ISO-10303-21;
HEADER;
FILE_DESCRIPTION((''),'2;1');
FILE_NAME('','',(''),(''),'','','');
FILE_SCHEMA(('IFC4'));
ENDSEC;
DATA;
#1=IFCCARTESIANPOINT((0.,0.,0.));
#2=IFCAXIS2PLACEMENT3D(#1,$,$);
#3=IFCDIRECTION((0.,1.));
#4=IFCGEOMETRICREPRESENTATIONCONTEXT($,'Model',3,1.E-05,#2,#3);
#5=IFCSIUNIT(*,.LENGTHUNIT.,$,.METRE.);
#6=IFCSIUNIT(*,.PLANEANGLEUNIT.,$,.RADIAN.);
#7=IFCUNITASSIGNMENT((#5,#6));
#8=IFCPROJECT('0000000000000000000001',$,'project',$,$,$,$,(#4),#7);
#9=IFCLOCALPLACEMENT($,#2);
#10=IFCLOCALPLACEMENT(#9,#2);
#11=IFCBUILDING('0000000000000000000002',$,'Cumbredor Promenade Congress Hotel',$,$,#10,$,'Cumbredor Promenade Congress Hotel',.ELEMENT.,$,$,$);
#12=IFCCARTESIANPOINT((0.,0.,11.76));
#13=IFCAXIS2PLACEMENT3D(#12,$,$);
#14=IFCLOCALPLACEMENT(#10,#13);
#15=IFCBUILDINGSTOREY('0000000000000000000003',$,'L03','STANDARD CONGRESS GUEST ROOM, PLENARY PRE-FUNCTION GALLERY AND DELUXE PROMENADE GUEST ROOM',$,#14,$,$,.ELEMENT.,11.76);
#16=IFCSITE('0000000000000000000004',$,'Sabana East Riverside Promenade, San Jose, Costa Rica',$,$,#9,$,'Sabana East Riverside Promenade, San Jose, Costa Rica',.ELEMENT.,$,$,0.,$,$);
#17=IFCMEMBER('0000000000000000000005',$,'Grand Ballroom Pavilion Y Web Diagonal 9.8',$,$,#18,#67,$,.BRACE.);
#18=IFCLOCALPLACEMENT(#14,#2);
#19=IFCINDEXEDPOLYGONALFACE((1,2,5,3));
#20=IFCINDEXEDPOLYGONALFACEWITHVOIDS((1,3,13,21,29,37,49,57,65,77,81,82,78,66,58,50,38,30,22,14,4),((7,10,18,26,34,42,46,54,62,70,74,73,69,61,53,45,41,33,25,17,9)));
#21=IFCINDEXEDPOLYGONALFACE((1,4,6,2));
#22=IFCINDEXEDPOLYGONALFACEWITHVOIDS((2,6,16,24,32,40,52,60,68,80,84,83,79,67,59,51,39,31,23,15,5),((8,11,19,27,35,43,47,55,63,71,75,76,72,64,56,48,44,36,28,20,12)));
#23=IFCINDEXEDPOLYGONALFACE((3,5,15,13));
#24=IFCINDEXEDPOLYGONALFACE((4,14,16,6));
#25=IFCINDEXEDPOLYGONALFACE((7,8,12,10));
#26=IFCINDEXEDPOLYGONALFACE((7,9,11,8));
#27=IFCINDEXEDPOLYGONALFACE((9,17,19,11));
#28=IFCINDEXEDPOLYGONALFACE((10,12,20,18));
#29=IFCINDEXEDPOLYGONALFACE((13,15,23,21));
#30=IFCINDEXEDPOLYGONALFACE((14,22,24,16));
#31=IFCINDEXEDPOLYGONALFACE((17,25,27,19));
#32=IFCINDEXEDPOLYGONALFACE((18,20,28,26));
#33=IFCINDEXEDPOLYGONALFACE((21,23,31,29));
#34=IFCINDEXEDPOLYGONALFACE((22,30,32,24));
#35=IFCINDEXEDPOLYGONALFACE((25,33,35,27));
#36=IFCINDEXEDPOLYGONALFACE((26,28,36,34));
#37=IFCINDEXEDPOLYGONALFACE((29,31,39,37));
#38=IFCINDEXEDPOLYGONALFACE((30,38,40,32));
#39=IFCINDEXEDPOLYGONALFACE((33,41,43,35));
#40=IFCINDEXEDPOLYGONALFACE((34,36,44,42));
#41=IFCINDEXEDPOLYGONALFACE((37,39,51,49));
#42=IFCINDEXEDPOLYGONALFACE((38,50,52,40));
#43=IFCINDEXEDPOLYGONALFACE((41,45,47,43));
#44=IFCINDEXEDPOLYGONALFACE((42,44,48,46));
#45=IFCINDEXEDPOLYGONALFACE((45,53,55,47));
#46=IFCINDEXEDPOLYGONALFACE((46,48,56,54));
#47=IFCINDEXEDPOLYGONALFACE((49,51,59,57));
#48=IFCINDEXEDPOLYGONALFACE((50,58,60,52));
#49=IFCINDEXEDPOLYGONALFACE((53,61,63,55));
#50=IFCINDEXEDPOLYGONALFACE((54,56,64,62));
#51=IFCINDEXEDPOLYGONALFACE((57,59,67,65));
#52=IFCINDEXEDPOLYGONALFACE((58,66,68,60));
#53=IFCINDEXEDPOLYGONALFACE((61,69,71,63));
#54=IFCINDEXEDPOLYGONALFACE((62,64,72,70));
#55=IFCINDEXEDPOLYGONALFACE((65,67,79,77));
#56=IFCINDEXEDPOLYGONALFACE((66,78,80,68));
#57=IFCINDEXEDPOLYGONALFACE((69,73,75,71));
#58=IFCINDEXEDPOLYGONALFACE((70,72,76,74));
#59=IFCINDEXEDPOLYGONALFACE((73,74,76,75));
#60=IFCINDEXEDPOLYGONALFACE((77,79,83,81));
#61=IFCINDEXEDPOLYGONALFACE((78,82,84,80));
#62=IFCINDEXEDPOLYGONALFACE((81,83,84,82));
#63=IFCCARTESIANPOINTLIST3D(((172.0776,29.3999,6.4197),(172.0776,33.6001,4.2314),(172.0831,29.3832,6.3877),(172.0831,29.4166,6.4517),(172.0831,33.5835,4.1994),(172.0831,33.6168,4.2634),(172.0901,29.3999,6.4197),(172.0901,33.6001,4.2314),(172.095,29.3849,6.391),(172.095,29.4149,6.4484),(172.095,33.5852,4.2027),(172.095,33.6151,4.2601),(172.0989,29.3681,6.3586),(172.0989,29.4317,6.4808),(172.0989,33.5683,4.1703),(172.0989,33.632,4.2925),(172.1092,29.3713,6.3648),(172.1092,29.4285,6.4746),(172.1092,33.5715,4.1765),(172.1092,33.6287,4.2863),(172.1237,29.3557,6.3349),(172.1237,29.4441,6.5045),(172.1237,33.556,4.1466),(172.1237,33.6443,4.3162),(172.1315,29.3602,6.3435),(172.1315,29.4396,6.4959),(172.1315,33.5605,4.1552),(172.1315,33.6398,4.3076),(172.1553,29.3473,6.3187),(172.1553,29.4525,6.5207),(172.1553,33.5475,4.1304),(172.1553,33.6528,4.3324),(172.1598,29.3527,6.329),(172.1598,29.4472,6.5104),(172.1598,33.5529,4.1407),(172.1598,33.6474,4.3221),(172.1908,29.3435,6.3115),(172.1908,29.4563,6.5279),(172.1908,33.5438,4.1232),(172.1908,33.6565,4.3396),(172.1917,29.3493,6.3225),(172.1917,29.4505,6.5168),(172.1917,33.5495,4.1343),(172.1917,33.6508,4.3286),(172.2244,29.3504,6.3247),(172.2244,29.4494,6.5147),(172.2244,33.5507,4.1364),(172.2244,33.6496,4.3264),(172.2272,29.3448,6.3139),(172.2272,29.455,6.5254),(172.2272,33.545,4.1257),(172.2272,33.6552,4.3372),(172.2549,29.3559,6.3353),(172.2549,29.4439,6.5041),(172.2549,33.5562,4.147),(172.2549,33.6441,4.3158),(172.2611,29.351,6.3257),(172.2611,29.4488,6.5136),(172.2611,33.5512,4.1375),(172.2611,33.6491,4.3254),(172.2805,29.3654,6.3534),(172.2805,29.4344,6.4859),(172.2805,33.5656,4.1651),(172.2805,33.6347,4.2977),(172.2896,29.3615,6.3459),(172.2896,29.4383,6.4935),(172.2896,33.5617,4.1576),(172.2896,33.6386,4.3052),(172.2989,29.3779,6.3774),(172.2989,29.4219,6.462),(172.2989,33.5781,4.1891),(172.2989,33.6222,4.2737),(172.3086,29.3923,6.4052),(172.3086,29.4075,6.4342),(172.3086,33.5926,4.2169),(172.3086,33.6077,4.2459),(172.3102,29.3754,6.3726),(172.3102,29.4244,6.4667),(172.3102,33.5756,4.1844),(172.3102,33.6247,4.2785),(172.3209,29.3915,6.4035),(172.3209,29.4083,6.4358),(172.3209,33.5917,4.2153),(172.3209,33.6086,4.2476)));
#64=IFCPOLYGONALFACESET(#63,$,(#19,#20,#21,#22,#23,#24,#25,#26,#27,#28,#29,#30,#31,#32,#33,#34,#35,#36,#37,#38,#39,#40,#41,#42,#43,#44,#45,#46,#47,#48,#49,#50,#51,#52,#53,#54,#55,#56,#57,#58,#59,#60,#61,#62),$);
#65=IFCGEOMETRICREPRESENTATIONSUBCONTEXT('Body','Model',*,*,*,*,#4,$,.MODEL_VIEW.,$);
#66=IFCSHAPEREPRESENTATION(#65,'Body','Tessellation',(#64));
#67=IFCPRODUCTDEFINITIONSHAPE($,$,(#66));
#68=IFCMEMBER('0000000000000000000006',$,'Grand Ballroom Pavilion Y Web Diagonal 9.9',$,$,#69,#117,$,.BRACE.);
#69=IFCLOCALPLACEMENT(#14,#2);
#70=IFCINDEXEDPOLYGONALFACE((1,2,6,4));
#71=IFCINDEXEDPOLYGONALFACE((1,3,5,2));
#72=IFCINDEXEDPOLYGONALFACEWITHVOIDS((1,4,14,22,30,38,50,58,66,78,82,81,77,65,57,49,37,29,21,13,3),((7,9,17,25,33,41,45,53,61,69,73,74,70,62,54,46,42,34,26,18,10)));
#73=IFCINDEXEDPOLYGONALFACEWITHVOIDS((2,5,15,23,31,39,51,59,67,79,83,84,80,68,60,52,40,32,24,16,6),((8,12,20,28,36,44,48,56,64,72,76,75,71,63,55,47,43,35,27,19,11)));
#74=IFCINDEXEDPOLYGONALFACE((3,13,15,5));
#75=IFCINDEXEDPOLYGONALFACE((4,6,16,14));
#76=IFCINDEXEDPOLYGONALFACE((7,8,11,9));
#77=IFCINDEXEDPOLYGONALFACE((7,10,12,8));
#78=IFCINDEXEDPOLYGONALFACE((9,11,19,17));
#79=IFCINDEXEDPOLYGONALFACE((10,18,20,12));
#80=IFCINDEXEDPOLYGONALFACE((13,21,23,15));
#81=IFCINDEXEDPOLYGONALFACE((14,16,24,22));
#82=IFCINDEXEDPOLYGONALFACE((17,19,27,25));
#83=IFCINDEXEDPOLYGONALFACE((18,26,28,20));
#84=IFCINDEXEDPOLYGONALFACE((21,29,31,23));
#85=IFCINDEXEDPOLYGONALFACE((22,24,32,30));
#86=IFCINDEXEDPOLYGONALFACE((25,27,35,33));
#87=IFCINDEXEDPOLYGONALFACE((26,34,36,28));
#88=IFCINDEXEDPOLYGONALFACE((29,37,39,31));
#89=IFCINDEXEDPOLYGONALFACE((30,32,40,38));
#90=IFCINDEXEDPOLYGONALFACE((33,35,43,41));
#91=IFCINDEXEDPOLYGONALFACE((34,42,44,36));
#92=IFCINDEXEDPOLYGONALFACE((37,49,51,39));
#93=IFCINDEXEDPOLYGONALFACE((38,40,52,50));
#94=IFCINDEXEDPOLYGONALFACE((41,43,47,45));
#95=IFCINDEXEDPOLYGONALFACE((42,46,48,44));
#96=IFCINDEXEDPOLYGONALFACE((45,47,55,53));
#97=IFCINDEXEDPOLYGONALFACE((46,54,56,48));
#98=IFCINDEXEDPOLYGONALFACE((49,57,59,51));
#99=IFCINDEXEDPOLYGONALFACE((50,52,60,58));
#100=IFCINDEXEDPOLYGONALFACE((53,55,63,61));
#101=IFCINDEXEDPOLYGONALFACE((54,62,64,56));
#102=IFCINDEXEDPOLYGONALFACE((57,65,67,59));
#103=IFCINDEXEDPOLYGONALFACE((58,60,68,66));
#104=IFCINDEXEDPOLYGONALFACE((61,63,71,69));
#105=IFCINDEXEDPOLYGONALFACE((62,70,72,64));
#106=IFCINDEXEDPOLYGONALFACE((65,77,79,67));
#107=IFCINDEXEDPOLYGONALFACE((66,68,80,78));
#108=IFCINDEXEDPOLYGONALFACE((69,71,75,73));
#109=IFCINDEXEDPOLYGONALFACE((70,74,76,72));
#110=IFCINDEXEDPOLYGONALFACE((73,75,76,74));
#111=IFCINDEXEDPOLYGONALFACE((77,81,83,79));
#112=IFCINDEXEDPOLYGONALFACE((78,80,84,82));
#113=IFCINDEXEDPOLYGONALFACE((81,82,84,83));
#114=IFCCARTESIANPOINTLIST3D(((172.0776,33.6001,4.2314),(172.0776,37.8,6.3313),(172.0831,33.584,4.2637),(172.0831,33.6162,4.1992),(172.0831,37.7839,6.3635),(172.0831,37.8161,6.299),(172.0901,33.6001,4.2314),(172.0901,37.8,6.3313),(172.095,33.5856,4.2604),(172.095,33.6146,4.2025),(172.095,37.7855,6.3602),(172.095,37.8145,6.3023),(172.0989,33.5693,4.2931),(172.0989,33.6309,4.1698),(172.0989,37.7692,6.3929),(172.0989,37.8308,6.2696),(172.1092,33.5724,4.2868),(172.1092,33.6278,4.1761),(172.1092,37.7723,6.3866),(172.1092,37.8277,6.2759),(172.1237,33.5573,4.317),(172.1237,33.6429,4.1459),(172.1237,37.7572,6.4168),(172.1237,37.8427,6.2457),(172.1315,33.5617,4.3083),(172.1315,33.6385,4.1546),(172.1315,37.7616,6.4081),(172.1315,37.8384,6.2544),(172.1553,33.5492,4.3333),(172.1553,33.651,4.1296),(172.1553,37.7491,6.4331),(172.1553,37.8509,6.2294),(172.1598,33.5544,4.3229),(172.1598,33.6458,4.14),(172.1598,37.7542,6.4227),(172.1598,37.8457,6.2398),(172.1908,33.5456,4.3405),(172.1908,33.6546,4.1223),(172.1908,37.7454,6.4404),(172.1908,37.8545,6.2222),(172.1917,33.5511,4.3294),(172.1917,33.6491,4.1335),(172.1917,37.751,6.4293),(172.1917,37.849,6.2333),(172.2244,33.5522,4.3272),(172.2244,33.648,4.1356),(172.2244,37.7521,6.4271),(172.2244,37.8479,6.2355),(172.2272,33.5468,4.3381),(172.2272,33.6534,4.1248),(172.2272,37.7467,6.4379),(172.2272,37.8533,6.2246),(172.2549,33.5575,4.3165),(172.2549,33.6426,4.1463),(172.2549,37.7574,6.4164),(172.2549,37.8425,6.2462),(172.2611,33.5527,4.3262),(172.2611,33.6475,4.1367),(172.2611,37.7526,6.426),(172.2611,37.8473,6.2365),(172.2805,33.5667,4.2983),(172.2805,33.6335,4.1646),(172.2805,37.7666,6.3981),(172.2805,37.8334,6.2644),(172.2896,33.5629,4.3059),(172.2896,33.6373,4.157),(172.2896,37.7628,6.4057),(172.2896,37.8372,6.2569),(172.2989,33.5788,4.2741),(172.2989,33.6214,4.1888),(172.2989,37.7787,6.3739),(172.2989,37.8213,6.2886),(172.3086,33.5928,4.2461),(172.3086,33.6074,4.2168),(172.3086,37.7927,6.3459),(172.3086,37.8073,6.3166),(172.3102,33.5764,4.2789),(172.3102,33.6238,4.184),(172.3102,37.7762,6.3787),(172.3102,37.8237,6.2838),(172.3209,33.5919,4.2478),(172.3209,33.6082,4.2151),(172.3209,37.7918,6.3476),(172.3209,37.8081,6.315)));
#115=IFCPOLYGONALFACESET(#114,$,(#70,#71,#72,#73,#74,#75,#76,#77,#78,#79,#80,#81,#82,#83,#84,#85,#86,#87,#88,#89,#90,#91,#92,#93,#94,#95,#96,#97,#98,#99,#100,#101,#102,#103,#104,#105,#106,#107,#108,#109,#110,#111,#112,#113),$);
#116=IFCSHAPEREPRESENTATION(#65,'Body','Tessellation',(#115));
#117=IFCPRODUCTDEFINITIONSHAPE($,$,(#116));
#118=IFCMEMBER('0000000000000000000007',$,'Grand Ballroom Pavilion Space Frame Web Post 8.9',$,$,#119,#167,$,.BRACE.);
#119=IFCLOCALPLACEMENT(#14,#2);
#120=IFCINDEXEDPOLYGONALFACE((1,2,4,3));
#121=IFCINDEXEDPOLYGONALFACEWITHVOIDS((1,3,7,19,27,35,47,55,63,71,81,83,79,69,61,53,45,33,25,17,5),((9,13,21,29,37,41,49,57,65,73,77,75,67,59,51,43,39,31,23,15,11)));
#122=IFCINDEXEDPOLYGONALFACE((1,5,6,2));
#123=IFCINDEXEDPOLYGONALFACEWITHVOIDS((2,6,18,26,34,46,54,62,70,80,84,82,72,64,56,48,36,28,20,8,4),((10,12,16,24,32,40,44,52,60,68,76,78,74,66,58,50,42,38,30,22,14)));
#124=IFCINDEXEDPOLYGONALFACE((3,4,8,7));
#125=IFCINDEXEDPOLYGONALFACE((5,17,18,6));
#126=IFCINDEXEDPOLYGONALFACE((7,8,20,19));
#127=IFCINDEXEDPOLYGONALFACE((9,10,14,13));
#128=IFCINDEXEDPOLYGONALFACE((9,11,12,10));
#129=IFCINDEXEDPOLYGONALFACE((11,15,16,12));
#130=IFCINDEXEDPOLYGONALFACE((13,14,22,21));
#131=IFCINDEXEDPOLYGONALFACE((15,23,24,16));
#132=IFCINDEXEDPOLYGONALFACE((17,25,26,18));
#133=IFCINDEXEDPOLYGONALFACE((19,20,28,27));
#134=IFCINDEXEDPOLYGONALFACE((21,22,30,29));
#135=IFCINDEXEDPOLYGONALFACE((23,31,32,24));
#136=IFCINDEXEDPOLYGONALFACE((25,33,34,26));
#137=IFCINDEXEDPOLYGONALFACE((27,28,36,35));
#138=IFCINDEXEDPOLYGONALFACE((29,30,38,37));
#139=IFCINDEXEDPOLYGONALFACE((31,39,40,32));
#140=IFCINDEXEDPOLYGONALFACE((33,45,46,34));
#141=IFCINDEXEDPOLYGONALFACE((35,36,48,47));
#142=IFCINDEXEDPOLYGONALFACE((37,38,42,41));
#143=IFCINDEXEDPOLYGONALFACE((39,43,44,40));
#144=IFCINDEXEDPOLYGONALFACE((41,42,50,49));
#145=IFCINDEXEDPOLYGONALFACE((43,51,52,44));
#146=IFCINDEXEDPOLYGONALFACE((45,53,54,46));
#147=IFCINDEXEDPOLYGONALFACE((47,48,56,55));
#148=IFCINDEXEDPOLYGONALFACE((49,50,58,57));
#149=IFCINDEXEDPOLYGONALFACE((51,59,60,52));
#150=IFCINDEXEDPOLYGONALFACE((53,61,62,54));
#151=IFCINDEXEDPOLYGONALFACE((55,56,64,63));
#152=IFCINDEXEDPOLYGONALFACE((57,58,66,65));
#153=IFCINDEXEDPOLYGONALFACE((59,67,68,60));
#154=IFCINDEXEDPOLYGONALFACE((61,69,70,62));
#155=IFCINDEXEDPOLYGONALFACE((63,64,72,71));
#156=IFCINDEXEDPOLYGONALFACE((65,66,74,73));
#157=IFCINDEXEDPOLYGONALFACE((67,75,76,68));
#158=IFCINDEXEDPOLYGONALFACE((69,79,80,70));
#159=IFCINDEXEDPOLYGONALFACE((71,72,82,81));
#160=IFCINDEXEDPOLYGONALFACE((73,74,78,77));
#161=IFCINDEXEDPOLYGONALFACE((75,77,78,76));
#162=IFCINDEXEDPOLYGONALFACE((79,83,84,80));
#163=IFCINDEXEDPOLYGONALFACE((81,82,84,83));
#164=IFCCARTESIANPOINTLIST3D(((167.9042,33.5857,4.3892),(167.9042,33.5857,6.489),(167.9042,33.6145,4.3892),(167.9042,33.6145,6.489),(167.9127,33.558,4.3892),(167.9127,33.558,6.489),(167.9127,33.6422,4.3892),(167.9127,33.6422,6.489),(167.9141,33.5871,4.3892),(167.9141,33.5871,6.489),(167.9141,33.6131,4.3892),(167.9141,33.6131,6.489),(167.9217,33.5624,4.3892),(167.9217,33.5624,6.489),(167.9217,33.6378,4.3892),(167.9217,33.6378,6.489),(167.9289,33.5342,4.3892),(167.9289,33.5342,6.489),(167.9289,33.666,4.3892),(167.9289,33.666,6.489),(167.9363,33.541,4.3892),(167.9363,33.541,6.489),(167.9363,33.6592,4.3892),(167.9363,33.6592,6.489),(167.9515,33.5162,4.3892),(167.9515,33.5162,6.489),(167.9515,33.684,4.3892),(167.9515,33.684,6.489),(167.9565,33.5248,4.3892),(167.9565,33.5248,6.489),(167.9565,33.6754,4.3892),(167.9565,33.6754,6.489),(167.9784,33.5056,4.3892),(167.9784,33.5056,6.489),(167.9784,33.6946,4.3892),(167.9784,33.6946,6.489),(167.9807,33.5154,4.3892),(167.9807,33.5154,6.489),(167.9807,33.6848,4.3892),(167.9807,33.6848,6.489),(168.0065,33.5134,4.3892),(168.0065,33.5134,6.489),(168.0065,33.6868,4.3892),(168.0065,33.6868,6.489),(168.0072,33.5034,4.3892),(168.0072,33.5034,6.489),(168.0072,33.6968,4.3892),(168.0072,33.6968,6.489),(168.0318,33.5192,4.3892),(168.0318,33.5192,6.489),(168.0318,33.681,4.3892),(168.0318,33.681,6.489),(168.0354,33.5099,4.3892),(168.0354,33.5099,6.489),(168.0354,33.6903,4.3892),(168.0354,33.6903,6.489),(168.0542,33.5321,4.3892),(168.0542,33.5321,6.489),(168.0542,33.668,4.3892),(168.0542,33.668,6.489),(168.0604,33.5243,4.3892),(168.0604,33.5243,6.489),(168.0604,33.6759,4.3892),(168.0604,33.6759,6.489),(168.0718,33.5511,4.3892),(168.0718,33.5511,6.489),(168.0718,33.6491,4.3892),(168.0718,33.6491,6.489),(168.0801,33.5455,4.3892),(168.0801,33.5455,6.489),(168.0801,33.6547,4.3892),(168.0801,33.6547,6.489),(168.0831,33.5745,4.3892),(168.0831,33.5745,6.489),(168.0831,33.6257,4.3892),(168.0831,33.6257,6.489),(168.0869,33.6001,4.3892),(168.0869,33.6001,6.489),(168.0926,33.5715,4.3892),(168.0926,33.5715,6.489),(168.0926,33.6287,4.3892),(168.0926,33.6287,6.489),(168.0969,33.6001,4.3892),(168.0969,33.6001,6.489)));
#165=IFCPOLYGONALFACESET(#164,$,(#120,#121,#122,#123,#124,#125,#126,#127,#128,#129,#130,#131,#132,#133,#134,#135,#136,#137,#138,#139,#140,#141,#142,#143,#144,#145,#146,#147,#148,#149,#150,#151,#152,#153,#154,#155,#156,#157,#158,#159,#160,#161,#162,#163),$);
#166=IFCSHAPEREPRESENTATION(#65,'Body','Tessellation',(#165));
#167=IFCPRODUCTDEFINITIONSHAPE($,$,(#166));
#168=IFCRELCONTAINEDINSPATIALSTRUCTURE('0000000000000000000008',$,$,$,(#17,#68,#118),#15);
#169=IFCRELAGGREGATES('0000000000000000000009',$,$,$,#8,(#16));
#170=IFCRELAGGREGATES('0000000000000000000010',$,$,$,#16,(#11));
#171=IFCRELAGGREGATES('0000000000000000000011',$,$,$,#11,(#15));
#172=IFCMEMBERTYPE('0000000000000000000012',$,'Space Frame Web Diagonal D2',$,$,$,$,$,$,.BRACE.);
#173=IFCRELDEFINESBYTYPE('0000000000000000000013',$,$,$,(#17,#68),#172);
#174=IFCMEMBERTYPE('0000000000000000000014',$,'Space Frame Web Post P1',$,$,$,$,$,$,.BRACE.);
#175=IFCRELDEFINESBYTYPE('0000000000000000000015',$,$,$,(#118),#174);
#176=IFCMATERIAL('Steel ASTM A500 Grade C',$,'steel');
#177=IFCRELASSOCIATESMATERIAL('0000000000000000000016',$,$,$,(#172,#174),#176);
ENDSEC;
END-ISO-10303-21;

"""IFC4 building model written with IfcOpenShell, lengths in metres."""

from ifc_helpers import new_model, si_unit, direction, frame, origin, origin_2d, place, context, subcontext, project, spatial, hollow_circle, extrude, material, material_profile, profile_set, type_object, element, save


model = new_model("IFC4")

# Units and contexts
model_context = context("Model", 3, precision=1e-05, world=origin(), true_north=direction((0.0, 1.0)))
body_context = subcontext(model_context, "Body", "Model", "MODEL_VIEW")
ifc_project = project(units=[si_unit("LENGTHUNIT", "METRE"), si_unit("PLANEANGLEUNIT", "RADIAN")], contexts=[model_context])

# Site, building, storey
site_placement = place(None, origin())
site = spatial("IfcSite", under=ifc_project, at=site_placement, Name="Sabana East Riverside Promenade, San Jose, Costa Rica", LongName="Sabana East Riverside Promenade, San Jose, Costa Rica", CompositionType="ELEMENT", RefElevation=0.0)
building_placement = place(site_placement, origin())
building = spatial("IfcBuilding", under=site, at=building_placement, Name="Cumbredor Promenade Congress Hotel", LongName="Cumbredor Promenade Congress Hotel", CompositionType="ELEMENT")
storey_placement = place(building_placement, frame((0.0, 0.0, 11.76)))
storey = spatial("IfcBuildingStorey", under=building, at=storey_placement, Name="L03", Description="STANDARD CONGRESS GUEST ROOM, PLENARY PRE-FUNCTION GALLERY AND DELUXE PROMENADE GUEST ROOM", CompositionType="ELEMENT", Elevation=11.76)

# Members
ifc_material_1 = material(Name="Steel ASTM A500 Grade C", Category="steel")
ifc_material_profile_1 = material_profile(ifc_material_1, hollow_circle(Radius=0.1223, WallThickness=0.0125, at=origin_2d()), Name="CHS 244.5x12.5")
ifc_profile_set_1 = profile_set([ifc_material_profile_1], Name="Steel ASTM A500 Grade C")
member_type_1 = type_object("IfcMemberType", Name="Space Frame Web Diagonal D2", PredefinedType="BRACE", material=ifc_profile_set_1)
member_1_placement = place(storey_placement, frame((172.2, 29.3999, 6.4197), z_axis=(0.0, 0.88686, -0.462039), x_axis=(-1.0, 0.0, 0.0)))
element("IfcMember", 1, at=member_1_placement, inside=storey, type_object=member_type_1, Name="Grand Ballroom Pavilion Y Web Diagonal 9.8", PredefinedType="BRACE", context=body_context, shape_type="SweptSolid", body=[
    extrude(hollow_circle(Radius=0.1223, WallThickness=0.0125, at=origin_2d()), origin(), (0.0, 0.0, 1.0), 4.7361),
])
member_2_placement = place(storey_placement, frame((172.2, 33.6001, 4.2314), z_axis=(0.0, 0.894438, 0.447193), x_axis=(-1.0, 0.0, 0.0)))
element("IfcMember", 2, at=member_2_placement, inside=storey, type_object=member_type_1, Name="Grand Ballroom Pavilion Y Web Diagonal 9.9", PredefinedType="BRACE", context=body_context, shape_type="SweptSolid", body=[
    extrude(hollow_circle(Radius=0.1223, WallThickness=0.0125, at=origin_2d()), origin(), (0.0, 0.0, 1.0), 4.6956),
])
ifc_material_profile_2 = material_profile(ifc_material_1, hollow_circle(Radius=0.0969, WallThickness=0.01, at=origin_2d()), Name="CHS 193.7x10")
ifc_profile_set_2 = profile_set([ifc_material_profile_2], Name="Steel ASTM A500 Grade C")
member_type_2 = type_object("IfcMemberType", Name="Space Frame Web Post P1", PredefinedType="BRACE", material=ifc_profile_set_2)
for number, where, z_axis, x_axis, name in (
    (3, (168.0, 33.6001, 4.3892), (0.0, 0.0, 1.0), (1.0, 0.0, 0.0), "Grand Ballroom Pavilion Space Frame Web Post 8.9"),
):
    element("IfcMember", number, at=place(storey_placement, frame(where, z_axis=z_axis, x_axis=x_axis)), inside=storey, type_object=member_type_2, Name=name, PredefinedType="BRACE", context=body_context, shape_type="SweptSolid", body=[
        extrude(hollow_circle(Radius=0.0969, WallThickness=0.01, at=origin_2d()), origin(), (0.0, 0.0, 1.0), 2.0999),
    ])

save(model, "model.ifc")
